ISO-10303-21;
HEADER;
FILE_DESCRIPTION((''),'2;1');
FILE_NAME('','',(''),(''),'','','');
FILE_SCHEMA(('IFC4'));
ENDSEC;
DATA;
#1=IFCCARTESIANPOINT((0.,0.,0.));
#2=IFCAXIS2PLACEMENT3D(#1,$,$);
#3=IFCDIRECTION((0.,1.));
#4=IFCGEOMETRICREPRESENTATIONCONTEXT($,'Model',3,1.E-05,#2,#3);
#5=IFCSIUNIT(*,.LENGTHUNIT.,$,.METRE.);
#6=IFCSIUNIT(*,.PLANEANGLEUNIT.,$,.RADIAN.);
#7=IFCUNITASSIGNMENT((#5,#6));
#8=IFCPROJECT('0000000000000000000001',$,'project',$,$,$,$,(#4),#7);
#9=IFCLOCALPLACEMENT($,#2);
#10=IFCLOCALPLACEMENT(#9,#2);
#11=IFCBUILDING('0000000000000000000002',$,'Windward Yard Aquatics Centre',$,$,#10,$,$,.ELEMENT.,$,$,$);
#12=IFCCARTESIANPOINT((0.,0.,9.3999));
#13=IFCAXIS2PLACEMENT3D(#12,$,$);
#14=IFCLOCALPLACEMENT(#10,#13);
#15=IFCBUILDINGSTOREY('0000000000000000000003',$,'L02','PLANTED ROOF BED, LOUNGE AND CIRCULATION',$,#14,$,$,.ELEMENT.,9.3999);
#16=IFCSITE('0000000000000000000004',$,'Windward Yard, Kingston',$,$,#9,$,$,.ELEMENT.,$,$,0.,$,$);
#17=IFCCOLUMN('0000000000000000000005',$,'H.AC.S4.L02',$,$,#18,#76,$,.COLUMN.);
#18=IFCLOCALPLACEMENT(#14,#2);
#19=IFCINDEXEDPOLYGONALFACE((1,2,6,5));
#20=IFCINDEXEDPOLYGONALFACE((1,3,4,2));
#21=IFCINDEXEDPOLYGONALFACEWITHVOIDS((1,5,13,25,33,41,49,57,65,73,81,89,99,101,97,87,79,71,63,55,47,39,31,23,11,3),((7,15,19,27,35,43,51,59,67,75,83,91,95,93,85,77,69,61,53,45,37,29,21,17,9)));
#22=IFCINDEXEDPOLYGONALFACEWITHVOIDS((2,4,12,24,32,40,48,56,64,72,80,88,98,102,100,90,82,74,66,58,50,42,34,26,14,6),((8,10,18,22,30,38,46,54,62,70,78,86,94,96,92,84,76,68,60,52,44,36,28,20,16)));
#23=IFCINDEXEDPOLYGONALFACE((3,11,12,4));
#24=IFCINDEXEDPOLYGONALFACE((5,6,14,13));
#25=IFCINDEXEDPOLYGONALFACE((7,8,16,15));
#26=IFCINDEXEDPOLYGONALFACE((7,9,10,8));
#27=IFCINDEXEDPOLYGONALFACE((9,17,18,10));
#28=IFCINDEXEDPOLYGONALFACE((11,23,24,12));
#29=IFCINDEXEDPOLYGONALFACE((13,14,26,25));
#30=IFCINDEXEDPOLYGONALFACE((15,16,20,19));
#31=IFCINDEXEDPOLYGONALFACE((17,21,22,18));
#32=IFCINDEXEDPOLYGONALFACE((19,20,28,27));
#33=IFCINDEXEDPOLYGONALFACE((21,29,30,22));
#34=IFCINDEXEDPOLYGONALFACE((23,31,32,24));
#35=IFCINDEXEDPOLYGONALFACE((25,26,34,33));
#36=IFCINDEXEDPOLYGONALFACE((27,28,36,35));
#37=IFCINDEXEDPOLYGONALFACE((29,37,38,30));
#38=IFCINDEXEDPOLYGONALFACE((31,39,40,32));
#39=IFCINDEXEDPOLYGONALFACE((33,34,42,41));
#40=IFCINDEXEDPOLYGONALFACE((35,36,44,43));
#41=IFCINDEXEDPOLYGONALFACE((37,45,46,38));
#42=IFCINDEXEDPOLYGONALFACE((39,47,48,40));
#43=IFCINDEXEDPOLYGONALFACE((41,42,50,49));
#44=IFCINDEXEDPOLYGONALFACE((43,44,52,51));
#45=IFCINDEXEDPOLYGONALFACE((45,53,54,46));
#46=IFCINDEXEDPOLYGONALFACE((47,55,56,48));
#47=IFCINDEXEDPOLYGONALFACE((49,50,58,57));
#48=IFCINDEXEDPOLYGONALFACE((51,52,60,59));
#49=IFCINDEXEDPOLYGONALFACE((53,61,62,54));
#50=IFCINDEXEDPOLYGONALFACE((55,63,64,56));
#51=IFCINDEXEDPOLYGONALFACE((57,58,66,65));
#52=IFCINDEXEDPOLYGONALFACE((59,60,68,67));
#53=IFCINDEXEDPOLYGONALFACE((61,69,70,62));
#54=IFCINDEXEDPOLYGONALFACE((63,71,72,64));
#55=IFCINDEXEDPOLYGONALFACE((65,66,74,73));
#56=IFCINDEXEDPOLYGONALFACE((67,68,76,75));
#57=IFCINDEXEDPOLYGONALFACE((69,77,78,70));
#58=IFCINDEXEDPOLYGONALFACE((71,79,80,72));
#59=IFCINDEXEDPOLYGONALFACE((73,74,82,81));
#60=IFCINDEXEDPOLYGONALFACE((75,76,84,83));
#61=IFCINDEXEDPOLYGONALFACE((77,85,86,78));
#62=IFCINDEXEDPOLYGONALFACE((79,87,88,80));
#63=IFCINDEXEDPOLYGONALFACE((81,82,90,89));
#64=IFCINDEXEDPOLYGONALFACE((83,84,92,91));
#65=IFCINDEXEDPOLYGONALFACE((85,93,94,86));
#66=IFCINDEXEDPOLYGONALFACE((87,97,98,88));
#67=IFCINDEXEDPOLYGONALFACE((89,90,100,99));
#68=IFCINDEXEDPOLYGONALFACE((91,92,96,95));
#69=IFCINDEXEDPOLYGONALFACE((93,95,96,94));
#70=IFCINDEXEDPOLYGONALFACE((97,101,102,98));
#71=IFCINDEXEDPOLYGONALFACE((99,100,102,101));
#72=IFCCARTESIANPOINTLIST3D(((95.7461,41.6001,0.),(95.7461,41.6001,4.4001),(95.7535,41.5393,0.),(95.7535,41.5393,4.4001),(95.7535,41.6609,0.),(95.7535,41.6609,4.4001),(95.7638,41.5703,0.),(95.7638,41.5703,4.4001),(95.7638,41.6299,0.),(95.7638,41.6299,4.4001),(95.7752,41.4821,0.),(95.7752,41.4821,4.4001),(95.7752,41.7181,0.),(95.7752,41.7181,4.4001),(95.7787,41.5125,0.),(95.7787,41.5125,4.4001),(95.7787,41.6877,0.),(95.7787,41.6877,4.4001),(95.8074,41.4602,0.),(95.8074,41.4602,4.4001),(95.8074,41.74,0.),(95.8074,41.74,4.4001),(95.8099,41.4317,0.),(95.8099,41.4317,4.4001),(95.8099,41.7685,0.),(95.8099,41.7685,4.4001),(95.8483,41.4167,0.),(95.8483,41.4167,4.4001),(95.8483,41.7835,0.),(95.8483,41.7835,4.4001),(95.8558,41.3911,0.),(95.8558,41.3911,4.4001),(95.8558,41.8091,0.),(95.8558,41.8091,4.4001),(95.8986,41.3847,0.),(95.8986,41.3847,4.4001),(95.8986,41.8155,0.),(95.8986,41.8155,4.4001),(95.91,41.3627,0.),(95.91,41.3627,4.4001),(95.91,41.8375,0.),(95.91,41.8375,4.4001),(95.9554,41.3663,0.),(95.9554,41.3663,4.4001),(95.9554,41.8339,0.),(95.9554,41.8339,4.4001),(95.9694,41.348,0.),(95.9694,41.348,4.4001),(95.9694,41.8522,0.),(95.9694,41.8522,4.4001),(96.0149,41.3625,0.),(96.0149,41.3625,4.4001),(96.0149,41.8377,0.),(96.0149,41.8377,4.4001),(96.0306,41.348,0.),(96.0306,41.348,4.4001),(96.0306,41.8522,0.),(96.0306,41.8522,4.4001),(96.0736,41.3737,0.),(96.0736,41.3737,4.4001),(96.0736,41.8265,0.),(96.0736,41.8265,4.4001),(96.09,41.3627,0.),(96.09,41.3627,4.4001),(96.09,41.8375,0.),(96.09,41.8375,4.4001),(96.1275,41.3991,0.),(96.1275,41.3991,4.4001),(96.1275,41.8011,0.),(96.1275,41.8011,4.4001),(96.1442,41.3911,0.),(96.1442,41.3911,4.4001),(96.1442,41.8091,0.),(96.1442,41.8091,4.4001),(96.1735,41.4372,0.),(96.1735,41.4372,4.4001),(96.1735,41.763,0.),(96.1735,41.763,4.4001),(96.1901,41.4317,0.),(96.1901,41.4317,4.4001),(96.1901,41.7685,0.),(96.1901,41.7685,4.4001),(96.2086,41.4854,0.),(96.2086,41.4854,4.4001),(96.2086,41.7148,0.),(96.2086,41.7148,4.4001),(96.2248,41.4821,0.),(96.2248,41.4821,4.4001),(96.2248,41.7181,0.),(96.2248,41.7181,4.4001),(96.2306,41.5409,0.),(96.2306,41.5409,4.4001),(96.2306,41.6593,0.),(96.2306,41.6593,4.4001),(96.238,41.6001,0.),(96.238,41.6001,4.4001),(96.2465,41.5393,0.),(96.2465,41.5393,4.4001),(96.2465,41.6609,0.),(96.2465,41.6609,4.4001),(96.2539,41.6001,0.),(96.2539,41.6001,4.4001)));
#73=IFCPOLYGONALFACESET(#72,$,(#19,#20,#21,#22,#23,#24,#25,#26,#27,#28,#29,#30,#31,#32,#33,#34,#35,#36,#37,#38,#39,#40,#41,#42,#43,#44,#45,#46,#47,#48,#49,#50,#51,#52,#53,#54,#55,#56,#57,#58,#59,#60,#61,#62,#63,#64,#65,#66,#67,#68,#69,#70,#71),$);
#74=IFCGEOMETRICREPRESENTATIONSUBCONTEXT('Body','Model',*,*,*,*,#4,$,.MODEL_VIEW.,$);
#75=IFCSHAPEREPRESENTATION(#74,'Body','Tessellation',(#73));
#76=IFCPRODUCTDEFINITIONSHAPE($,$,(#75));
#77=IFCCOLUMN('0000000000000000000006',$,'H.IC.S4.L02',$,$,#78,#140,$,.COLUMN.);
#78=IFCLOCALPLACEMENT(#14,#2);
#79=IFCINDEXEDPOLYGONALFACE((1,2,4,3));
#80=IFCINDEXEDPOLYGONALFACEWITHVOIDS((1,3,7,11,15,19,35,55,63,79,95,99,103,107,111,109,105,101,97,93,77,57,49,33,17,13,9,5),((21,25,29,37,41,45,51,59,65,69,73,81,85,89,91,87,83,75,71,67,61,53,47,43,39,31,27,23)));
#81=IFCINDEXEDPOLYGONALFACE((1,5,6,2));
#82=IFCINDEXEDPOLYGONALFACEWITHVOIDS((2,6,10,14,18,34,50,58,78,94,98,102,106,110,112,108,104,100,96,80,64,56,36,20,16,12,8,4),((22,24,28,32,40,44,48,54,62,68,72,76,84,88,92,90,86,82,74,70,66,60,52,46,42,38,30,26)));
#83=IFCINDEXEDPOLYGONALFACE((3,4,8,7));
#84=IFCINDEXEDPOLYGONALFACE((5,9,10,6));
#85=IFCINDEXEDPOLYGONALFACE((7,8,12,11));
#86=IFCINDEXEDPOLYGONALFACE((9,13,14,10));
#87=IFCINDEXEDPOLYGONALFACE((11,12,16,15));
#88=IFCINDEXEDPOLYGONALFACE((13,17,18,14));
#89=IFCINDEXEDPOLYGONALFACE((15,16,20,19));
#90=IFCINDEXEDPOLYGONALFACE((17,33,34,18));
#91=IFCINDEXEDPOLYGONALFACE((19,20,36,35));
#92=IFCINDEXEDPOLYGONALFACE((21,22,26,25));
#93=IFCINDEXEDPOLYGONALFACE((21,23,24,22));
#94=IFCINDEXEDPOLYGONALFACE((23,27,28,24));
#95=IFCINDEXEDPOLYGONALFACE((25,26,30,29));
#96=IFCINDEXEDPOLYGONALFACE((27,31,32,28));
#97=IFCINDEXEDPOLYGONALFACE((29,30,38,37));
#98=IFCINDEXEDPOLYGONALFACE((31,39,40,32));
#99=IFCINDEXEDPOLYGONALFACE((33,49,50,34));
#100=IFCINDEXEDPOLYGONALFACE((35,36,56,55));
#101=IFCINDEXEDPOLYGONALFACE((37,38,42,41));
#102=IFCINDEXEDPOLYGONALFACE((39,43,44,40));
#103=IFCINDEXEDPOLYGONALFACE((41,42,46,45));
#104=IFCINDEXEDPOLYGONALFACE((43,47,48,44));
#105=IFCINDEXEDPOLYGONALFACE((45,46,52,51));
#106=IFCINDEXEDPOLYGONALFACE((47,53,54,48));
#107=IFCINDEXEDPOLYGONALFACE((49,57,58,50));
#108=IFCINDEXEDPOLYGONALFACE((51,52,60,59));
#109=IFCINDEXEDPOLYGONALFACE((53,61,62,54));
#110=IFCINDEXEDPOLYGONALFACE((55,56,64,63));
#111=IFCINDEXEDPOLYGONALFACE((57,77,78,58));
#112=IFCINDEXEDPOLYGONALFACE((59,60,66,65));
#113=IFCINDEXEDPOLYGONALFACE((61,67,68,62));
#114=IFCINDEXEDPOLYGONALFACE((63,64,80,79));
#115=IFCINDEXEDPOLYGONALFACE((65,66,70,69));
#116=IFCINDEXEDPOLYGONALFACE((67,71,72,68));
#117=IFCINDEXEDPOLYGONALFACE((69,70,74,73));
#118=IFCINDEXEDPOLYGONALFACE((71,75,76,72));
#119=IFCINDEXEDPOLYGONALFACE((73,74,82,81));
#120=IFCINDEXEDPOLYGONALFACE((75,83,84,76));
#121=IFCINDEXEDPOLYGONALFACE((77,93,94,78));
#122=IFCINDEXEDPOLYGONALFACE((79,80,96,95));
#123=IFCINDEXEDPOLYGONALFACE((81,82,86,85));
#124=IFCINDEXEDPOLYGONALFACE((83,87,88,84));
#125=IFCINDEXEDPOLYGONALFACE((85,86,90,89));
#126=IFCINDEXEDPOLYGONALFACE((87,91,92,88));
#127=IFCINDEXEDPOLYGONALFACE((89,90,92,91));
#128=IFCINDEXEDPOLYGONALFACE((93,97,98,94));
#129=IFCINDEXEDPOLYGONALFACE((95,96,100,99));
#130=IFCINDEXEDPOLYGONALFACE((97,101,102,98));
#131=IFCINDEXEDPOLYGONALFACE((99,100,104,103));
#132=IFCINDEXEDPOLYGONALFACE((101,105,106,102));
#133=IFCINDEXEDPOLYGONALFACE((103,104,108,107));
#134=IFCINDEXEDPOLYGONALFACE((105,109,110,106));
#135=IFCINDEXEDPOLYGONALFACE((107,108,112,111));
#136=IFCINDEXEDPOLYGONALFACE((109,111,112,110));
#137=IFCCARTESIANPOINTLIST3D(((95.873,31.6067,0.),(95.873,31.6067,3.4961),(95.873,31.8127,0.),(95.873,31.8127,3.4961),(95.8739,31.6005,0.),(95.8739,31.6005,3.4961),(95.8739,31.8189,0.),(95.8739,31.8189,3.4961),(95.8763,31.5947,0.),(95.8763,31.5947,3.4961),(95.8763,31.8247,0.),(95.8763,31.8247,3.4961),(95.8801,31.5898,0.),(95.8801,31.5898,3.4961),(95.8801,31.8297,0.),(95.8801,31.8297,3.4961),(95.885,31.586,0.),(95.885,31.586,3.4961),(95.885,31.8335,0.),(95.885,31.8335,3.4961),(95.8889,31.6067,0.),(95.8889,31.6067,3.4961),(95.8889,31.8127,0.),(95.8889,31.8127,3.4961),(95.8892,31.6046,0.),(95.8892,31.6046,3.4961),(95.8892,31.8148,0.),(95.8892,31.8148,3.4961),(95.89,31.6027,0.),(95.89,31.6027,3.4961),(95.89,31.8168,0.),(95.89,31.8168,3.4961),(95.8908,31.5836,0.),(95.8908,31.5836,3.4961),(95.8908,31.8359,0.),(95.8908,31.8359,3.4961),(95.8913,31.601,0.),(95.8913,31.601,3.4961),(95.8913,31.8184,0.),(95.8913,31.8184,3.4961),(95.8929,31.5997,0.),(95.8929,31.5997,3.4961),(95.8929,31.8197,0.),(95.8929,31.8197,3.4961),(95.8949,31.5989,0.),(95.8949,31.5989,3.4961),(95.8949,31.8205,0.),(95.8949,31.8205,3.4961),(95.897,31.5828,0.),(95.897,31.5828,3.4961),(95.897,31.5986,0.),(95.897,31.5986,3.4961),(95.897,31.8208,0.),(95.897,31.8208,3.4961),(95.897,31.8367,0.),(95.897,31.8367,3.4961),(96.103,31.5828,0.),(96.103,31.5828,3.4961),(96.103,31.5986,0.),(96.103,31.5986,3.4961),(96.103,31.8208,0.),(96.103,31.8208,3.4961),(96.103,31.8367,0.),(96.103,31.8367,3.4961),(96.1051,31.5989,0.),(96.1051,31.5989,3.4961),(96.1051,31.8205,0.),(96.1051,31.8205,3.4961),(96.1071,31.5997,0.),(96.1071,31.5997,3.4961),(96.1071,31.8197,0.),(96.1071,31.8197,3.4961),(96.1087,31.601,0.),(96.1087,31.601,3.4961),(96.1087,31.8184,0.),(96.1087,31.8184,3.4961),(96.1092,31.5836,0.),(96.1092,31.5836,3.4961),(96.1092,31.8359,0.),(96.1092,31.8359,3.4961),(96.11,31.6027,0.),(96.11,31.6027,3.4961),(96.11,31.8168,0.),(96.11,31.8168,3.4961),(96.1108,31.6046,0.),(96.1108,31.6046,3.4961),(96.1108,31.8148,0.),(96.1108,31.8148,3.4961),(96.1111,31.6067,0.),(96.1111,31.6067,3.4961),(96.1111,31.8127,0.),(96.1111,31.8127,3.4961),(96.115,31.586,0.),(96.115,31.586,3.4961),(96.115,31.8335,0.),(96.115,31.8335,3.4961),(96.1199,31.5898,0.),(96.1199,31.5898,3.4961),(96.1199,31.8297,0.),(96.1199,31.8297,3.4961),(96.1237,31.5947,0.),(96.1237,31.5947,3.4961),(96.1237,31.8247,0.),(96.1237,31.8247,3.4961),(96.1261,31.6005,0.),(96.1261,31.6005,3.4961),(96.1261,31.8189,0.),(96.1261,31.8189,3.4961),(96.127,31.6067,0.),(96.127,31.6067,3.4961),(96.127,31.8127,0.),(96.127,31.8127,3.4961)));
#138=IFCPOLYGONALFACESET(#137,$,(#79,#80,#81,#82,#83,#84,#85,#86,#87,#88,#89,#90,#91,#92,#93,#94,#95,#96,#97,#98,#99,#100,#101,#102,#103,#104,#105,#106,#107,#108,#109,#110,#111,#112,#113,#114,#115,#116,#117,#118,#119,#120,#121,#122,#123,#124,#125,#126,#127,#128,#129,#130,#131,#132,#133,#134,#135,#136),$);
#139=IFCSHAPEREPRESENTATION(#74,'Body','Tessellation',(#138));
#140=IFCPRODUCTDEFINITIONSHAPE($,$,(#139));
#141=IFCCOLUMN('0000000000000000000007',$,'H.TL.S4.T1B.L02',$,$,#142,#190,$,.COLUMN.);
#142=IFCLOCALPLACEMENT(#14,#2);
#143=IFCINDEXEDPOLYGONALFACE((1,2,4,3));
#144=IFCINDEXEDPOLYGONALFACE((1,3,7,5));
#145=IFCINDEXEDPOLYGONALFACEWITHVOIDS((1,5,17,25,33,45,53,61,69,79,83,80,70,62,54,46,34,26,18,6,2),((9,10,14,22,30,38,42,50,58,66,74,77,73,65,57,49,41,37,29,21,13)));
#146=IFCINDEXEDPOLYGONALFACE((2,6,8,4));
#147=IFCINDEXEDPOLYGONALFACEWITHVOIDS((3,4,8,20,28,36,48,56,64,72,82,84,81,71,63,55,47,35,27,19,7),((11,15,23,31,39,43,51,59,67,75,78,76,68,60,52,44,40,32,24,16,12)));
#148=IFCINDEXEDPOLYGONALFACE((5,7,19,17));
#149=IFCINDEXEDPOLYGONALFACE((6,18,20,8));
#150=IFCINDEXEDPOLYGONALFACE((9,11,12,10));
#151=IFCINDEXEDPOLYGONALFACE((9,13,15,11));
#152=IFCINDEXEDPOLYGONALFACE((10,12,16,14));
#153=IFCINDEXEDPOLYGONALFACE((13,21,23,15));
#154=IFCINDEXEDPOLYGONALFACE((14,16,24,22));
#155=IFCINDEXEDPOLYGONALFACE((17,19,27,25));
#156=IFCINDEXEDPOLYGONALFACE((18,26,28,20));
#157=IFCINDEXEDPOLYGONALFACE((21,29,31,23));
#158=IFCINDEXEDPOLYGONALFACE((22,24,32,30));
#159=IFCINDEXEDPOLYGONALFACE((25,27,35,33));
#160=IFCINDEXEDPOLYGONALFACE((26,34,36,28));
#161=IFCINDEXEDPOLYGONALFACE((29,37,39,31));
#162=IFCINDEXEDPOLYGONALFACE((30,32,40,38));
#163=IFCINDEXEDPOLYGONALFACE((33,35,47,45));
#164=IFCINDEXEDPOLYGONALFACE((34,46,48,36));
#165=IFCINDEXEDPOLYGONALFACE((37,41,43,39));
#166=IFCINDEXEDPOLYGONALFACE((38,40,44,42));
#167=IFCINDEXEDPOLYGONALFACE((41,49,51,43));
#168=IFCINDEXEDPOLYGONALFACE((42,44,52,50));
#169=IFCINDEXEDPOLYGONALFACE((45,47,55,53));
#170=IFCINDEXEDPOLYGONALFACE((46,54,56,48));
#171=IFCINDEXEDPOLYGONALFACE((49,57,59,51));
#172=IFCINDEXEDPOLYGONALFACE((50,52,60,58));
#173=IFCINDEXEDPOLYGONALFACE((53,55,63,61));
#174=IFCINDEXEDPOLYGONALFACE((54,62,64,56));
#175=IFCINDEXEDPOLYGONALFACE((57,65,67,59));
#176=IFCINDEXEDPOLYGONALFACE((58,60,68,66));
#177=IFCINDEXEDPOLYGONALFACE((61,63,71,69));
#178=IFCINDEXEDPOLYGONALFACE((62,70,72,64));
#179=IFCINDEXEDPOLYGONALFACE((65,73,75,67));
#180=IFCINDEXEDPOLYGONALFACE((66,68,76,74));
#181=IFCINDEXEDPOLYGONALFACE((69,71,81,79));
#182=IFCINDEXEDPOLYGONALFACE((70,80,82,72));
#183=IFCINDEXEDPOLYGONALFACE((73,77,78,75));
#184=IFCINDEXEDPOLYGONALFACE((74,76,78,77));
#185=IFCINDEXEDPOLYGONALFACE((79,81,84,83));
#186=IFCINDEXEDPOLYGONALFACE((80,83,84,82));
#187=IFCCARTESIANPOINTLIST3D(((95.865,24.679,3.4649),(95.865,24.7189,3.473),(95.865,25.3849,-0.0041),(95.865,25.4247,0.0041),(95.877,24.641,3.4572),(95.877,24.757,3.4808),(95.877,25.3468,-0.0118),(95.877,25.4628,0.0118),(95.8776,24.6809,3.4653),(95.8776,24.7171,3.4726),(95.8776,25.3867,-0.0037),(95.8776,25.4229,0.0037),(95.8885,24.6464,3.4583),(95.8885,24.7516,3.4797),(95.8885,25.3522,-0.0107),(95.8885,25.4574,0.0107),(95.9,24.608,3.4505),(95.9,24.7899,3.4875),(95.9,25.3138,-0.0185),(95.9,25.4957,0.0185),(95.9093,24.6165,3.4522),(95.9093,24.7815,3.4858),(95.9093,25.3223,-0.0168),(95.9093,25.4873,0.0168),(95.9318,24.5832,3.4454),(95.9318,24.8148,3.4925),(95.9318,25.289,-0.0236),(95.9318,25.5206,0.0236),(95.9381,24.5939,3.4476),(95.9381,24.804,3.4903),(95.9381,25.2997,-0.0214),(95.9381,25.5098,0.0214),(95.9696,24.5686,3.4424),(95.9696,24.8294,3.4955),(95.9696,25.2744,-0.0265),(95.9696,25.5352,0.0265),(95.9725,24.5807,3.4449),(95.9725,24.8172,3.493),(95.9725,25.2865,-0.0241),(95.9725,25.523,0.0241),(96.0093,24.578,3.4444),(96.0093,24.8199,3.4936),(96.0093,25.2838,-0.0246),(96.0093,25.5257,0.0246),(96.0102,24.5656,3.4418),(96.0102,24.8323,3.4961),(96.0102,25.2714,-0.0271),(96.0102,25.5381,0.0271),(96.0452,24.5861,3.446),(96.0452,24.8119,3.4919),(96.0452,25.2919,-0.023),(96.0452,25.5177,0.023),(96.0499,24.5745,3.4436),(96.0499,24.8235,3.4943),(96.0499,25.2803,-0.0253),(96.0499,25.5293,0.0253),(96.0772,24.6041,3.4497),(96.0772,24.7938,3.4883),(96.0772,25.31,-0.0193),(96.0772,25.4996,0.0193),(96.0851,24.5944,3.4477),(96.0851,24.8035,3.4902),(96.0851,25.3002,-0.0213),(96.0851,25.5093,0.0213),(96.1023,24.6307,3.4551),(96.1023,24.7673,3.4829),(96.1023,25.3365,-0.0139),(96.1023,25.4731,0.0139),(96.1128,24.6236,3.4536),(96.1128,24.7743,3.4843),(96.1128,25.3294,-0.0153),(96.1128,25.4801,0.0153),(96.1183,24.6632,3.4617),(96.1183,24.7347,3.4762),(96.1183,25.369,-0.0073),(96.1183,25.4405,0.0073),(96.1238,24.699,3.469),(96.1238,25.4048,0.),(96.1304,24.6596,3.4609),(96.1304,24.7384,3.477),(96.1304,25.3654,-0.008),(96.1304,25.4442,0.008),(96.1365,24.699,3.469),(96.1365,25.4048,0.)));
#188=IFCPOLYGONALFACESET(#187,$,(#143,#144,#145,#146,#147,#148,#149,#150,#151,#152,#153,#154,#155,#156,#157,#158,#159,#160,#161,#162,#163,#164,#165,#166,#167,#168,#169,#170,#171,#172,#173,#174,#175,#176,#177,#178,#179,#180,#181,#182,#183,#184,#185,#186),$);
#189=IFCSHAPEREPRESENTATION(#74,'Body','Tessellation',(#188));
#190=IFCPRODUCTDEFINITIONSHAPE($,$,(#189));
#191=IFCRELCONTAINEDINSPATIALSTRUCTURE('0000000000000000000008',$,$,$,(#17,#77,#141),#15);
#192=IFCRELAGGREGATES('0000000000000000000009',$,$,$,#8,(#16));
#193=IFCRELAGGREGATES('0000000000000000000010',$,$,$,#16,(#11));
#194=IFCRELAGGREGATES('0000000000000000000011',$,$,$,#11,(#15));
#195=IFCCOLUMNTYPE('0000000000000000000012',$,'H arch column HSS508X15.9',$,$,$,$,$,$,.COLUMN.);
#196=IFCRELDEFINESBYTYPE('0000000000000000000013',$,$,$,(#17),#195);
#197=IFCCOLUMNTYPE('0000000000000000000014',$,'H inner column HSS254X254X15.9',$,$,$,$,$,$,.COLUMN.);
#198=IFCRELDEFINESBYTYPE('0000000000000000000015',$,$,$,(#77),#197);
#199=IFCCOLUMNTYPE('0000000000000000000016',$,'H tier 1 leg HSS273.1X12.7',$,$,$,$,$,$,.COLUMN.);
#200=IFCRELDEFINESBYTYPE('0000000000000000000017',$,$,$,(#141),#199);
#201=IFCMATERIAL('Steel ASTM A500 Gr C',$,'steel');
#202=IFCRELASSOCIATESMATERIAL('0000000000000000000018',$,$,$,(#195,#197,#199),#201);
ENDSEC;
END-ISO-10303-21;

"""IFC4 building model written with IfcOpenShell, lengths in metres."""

from ifc_helpers import new_model, si_unit, direction, frame, origin, origin_2d, place, context, subcontext, project, spatial, hollow_rectangle, hollow_circle, extrude, material, material_profile, profile_set, type_object, element, save


model = new_model("IFC4")

# Units and contexts
model_context = context("Model", 3, precision=1e-05, world=origin(), true_north=direction((0.0, 1.0)))
body_context = subcontext(model_context, "Body", "Model", "MODEL_VIEW")
ifc_project = project(units=[si_unit("LENGTHUNIT", "METRE"), si_unit("PLANEANGLEUNIT", "RADIAN")], contexts=[model_context])

# Site, building, storey
site_placement = place(None, origin())
site = spatial("IfcSite", under=ifc_project, at=site_placement, Name="Windward Yard, Kingston", CompositionType="ELEMENT", RefElevation=0.0)
building_placement = place(site_placement, origin())
building = spatial("IfcBuilding", under=site, at=building_placement, Name="Windward Yard Aquatics Centre", CompositionType="ELEMENT")
storey_placement = place(building_placement, frame((0.0, 0.0, 9.3999)))
storey = spatial("IfcBuildingStorey", under=building, at=storey_placement, Name="L02", Description="PLANTED ROOF BED, LOUNGE AND CIRCULATION", CompositionType="ELEMENT", Elevation=9.3999)

# Columns
ifc_material_1 = material(Name="Steel ASTM A500 Gr C", Category="steel")
ifc_material_profile_1 = material_profile(ifc_material_1, hollow_circle(Radius=0.2539, WallThickness=0.0159, at=origin_2d()), Name="HSS508X15.9")
ifc_profile_set_1 = profile_set([ifc_material_profile_1], Name="Steel ASTM A500 Gr C")
column_type_1 = type_object("IfcColumnType", Name="H arch column HSS508X15.9", PredefinedType="COLUMN", material=ifc_profile_set_1)
column_1_placement = place(storey_placement, frame((96.0, 41.6001, 0.0), z_axis=(0.0, 0.0, 1.0), x_axis=(1.0, 0.0, 0.0)))
element("IfcColumn", 1, at=column_1_placement, inside=storey, type_object=column_type_1, Name="H.AC.S4.L02", PredefinedType="COLUMN", context=body_context, shape_type="SweptSolid", body=[
    extrude(hollow_circle(Radius=0.2539, WallThickness=0.0159, at=origin_2d()), origin(), (0.0, 0.0, 1.0), 4.4001),
])
ifc_material_profile_2 = material_profile(ifc_material_1, hollow_rectangle(XDim=0.2539, YDim=0.2539, WallThickness=0.0159, InnerFilletRadius=0.0081, OuterFilletRadius=0.0239, at=origin_2d()), Name="HSS254X254X15.9")
ifc_profile_set_2 = profile_set([ifc_material_profile_2], Name="Steel ASTM A500 Gr C")
column_type_2 = type_object("IfcColumnType", Name="H inner column HSS254X254X15.9", PredefinedType="COLUMN", material=ifc_profile_set_2)
column_2_placement = place(storey_placement, frame((96.0, 31.7097, 0.0), z_axis=(0.0, 0.0, 1.0), x_axis=(1.0, 0.0, 0.0)))
element("IfcColumn", 2, at=column_2_placement, inside=storey, type_object=column_type_2, Name="H.IC.S4.L02", PredefinedType="COLUMN", context=body_context, shape_type="SweptSolid", body=[
    extrude(hollow_rectangle(XDim=0.2539, YDim=0.2539, WallThickness=0.0159, InnerFilletRadius=0.0081, OuterFilletRadius=0.0239, at=origin_2d()), origin(), (0.0, 0.0, 1.0), 3.4961),
])
ifc_material_profile_3 = material_profile(ifc_material_1, hollow_circle(Radius=0.1365, WallThickness=0.0127, at=origin_2d()), Name="HSS273.1X12.7")
ifc_profile_set_3 = profile_set([ifc_material_profile_3], Name="Steel ASTM A500 Gr C")
column_type_3 = type_object("IfcColumnType", Name="H tier 1 leg HSS273.1X12.7", PredefinedType="COLUMN", material=ifc_profile_set_3)
column_3_placement = place(storey_placement, frame((96.0, 25.4048, 0.0), z_axis=(0.0, -0.199378, 0.979923), x_axis=(1.0, 0.0, 0.0)))
element("IfcColumn", 3, at=column_3_placement, inside=storey, type_object=column_type_3, Name="H.TL.S4.T1B.L02", PredefinedType="COLUMN", context=body_context, shape_type="SweptSolid", body=[
    extrude(hollow_circle(Radius=0.1365, WallThickness=0.0127, at=origin_2d()), origin(), (0.0, 0.0, 1.0), 3.54),
])

save(model, "model.ifc")
